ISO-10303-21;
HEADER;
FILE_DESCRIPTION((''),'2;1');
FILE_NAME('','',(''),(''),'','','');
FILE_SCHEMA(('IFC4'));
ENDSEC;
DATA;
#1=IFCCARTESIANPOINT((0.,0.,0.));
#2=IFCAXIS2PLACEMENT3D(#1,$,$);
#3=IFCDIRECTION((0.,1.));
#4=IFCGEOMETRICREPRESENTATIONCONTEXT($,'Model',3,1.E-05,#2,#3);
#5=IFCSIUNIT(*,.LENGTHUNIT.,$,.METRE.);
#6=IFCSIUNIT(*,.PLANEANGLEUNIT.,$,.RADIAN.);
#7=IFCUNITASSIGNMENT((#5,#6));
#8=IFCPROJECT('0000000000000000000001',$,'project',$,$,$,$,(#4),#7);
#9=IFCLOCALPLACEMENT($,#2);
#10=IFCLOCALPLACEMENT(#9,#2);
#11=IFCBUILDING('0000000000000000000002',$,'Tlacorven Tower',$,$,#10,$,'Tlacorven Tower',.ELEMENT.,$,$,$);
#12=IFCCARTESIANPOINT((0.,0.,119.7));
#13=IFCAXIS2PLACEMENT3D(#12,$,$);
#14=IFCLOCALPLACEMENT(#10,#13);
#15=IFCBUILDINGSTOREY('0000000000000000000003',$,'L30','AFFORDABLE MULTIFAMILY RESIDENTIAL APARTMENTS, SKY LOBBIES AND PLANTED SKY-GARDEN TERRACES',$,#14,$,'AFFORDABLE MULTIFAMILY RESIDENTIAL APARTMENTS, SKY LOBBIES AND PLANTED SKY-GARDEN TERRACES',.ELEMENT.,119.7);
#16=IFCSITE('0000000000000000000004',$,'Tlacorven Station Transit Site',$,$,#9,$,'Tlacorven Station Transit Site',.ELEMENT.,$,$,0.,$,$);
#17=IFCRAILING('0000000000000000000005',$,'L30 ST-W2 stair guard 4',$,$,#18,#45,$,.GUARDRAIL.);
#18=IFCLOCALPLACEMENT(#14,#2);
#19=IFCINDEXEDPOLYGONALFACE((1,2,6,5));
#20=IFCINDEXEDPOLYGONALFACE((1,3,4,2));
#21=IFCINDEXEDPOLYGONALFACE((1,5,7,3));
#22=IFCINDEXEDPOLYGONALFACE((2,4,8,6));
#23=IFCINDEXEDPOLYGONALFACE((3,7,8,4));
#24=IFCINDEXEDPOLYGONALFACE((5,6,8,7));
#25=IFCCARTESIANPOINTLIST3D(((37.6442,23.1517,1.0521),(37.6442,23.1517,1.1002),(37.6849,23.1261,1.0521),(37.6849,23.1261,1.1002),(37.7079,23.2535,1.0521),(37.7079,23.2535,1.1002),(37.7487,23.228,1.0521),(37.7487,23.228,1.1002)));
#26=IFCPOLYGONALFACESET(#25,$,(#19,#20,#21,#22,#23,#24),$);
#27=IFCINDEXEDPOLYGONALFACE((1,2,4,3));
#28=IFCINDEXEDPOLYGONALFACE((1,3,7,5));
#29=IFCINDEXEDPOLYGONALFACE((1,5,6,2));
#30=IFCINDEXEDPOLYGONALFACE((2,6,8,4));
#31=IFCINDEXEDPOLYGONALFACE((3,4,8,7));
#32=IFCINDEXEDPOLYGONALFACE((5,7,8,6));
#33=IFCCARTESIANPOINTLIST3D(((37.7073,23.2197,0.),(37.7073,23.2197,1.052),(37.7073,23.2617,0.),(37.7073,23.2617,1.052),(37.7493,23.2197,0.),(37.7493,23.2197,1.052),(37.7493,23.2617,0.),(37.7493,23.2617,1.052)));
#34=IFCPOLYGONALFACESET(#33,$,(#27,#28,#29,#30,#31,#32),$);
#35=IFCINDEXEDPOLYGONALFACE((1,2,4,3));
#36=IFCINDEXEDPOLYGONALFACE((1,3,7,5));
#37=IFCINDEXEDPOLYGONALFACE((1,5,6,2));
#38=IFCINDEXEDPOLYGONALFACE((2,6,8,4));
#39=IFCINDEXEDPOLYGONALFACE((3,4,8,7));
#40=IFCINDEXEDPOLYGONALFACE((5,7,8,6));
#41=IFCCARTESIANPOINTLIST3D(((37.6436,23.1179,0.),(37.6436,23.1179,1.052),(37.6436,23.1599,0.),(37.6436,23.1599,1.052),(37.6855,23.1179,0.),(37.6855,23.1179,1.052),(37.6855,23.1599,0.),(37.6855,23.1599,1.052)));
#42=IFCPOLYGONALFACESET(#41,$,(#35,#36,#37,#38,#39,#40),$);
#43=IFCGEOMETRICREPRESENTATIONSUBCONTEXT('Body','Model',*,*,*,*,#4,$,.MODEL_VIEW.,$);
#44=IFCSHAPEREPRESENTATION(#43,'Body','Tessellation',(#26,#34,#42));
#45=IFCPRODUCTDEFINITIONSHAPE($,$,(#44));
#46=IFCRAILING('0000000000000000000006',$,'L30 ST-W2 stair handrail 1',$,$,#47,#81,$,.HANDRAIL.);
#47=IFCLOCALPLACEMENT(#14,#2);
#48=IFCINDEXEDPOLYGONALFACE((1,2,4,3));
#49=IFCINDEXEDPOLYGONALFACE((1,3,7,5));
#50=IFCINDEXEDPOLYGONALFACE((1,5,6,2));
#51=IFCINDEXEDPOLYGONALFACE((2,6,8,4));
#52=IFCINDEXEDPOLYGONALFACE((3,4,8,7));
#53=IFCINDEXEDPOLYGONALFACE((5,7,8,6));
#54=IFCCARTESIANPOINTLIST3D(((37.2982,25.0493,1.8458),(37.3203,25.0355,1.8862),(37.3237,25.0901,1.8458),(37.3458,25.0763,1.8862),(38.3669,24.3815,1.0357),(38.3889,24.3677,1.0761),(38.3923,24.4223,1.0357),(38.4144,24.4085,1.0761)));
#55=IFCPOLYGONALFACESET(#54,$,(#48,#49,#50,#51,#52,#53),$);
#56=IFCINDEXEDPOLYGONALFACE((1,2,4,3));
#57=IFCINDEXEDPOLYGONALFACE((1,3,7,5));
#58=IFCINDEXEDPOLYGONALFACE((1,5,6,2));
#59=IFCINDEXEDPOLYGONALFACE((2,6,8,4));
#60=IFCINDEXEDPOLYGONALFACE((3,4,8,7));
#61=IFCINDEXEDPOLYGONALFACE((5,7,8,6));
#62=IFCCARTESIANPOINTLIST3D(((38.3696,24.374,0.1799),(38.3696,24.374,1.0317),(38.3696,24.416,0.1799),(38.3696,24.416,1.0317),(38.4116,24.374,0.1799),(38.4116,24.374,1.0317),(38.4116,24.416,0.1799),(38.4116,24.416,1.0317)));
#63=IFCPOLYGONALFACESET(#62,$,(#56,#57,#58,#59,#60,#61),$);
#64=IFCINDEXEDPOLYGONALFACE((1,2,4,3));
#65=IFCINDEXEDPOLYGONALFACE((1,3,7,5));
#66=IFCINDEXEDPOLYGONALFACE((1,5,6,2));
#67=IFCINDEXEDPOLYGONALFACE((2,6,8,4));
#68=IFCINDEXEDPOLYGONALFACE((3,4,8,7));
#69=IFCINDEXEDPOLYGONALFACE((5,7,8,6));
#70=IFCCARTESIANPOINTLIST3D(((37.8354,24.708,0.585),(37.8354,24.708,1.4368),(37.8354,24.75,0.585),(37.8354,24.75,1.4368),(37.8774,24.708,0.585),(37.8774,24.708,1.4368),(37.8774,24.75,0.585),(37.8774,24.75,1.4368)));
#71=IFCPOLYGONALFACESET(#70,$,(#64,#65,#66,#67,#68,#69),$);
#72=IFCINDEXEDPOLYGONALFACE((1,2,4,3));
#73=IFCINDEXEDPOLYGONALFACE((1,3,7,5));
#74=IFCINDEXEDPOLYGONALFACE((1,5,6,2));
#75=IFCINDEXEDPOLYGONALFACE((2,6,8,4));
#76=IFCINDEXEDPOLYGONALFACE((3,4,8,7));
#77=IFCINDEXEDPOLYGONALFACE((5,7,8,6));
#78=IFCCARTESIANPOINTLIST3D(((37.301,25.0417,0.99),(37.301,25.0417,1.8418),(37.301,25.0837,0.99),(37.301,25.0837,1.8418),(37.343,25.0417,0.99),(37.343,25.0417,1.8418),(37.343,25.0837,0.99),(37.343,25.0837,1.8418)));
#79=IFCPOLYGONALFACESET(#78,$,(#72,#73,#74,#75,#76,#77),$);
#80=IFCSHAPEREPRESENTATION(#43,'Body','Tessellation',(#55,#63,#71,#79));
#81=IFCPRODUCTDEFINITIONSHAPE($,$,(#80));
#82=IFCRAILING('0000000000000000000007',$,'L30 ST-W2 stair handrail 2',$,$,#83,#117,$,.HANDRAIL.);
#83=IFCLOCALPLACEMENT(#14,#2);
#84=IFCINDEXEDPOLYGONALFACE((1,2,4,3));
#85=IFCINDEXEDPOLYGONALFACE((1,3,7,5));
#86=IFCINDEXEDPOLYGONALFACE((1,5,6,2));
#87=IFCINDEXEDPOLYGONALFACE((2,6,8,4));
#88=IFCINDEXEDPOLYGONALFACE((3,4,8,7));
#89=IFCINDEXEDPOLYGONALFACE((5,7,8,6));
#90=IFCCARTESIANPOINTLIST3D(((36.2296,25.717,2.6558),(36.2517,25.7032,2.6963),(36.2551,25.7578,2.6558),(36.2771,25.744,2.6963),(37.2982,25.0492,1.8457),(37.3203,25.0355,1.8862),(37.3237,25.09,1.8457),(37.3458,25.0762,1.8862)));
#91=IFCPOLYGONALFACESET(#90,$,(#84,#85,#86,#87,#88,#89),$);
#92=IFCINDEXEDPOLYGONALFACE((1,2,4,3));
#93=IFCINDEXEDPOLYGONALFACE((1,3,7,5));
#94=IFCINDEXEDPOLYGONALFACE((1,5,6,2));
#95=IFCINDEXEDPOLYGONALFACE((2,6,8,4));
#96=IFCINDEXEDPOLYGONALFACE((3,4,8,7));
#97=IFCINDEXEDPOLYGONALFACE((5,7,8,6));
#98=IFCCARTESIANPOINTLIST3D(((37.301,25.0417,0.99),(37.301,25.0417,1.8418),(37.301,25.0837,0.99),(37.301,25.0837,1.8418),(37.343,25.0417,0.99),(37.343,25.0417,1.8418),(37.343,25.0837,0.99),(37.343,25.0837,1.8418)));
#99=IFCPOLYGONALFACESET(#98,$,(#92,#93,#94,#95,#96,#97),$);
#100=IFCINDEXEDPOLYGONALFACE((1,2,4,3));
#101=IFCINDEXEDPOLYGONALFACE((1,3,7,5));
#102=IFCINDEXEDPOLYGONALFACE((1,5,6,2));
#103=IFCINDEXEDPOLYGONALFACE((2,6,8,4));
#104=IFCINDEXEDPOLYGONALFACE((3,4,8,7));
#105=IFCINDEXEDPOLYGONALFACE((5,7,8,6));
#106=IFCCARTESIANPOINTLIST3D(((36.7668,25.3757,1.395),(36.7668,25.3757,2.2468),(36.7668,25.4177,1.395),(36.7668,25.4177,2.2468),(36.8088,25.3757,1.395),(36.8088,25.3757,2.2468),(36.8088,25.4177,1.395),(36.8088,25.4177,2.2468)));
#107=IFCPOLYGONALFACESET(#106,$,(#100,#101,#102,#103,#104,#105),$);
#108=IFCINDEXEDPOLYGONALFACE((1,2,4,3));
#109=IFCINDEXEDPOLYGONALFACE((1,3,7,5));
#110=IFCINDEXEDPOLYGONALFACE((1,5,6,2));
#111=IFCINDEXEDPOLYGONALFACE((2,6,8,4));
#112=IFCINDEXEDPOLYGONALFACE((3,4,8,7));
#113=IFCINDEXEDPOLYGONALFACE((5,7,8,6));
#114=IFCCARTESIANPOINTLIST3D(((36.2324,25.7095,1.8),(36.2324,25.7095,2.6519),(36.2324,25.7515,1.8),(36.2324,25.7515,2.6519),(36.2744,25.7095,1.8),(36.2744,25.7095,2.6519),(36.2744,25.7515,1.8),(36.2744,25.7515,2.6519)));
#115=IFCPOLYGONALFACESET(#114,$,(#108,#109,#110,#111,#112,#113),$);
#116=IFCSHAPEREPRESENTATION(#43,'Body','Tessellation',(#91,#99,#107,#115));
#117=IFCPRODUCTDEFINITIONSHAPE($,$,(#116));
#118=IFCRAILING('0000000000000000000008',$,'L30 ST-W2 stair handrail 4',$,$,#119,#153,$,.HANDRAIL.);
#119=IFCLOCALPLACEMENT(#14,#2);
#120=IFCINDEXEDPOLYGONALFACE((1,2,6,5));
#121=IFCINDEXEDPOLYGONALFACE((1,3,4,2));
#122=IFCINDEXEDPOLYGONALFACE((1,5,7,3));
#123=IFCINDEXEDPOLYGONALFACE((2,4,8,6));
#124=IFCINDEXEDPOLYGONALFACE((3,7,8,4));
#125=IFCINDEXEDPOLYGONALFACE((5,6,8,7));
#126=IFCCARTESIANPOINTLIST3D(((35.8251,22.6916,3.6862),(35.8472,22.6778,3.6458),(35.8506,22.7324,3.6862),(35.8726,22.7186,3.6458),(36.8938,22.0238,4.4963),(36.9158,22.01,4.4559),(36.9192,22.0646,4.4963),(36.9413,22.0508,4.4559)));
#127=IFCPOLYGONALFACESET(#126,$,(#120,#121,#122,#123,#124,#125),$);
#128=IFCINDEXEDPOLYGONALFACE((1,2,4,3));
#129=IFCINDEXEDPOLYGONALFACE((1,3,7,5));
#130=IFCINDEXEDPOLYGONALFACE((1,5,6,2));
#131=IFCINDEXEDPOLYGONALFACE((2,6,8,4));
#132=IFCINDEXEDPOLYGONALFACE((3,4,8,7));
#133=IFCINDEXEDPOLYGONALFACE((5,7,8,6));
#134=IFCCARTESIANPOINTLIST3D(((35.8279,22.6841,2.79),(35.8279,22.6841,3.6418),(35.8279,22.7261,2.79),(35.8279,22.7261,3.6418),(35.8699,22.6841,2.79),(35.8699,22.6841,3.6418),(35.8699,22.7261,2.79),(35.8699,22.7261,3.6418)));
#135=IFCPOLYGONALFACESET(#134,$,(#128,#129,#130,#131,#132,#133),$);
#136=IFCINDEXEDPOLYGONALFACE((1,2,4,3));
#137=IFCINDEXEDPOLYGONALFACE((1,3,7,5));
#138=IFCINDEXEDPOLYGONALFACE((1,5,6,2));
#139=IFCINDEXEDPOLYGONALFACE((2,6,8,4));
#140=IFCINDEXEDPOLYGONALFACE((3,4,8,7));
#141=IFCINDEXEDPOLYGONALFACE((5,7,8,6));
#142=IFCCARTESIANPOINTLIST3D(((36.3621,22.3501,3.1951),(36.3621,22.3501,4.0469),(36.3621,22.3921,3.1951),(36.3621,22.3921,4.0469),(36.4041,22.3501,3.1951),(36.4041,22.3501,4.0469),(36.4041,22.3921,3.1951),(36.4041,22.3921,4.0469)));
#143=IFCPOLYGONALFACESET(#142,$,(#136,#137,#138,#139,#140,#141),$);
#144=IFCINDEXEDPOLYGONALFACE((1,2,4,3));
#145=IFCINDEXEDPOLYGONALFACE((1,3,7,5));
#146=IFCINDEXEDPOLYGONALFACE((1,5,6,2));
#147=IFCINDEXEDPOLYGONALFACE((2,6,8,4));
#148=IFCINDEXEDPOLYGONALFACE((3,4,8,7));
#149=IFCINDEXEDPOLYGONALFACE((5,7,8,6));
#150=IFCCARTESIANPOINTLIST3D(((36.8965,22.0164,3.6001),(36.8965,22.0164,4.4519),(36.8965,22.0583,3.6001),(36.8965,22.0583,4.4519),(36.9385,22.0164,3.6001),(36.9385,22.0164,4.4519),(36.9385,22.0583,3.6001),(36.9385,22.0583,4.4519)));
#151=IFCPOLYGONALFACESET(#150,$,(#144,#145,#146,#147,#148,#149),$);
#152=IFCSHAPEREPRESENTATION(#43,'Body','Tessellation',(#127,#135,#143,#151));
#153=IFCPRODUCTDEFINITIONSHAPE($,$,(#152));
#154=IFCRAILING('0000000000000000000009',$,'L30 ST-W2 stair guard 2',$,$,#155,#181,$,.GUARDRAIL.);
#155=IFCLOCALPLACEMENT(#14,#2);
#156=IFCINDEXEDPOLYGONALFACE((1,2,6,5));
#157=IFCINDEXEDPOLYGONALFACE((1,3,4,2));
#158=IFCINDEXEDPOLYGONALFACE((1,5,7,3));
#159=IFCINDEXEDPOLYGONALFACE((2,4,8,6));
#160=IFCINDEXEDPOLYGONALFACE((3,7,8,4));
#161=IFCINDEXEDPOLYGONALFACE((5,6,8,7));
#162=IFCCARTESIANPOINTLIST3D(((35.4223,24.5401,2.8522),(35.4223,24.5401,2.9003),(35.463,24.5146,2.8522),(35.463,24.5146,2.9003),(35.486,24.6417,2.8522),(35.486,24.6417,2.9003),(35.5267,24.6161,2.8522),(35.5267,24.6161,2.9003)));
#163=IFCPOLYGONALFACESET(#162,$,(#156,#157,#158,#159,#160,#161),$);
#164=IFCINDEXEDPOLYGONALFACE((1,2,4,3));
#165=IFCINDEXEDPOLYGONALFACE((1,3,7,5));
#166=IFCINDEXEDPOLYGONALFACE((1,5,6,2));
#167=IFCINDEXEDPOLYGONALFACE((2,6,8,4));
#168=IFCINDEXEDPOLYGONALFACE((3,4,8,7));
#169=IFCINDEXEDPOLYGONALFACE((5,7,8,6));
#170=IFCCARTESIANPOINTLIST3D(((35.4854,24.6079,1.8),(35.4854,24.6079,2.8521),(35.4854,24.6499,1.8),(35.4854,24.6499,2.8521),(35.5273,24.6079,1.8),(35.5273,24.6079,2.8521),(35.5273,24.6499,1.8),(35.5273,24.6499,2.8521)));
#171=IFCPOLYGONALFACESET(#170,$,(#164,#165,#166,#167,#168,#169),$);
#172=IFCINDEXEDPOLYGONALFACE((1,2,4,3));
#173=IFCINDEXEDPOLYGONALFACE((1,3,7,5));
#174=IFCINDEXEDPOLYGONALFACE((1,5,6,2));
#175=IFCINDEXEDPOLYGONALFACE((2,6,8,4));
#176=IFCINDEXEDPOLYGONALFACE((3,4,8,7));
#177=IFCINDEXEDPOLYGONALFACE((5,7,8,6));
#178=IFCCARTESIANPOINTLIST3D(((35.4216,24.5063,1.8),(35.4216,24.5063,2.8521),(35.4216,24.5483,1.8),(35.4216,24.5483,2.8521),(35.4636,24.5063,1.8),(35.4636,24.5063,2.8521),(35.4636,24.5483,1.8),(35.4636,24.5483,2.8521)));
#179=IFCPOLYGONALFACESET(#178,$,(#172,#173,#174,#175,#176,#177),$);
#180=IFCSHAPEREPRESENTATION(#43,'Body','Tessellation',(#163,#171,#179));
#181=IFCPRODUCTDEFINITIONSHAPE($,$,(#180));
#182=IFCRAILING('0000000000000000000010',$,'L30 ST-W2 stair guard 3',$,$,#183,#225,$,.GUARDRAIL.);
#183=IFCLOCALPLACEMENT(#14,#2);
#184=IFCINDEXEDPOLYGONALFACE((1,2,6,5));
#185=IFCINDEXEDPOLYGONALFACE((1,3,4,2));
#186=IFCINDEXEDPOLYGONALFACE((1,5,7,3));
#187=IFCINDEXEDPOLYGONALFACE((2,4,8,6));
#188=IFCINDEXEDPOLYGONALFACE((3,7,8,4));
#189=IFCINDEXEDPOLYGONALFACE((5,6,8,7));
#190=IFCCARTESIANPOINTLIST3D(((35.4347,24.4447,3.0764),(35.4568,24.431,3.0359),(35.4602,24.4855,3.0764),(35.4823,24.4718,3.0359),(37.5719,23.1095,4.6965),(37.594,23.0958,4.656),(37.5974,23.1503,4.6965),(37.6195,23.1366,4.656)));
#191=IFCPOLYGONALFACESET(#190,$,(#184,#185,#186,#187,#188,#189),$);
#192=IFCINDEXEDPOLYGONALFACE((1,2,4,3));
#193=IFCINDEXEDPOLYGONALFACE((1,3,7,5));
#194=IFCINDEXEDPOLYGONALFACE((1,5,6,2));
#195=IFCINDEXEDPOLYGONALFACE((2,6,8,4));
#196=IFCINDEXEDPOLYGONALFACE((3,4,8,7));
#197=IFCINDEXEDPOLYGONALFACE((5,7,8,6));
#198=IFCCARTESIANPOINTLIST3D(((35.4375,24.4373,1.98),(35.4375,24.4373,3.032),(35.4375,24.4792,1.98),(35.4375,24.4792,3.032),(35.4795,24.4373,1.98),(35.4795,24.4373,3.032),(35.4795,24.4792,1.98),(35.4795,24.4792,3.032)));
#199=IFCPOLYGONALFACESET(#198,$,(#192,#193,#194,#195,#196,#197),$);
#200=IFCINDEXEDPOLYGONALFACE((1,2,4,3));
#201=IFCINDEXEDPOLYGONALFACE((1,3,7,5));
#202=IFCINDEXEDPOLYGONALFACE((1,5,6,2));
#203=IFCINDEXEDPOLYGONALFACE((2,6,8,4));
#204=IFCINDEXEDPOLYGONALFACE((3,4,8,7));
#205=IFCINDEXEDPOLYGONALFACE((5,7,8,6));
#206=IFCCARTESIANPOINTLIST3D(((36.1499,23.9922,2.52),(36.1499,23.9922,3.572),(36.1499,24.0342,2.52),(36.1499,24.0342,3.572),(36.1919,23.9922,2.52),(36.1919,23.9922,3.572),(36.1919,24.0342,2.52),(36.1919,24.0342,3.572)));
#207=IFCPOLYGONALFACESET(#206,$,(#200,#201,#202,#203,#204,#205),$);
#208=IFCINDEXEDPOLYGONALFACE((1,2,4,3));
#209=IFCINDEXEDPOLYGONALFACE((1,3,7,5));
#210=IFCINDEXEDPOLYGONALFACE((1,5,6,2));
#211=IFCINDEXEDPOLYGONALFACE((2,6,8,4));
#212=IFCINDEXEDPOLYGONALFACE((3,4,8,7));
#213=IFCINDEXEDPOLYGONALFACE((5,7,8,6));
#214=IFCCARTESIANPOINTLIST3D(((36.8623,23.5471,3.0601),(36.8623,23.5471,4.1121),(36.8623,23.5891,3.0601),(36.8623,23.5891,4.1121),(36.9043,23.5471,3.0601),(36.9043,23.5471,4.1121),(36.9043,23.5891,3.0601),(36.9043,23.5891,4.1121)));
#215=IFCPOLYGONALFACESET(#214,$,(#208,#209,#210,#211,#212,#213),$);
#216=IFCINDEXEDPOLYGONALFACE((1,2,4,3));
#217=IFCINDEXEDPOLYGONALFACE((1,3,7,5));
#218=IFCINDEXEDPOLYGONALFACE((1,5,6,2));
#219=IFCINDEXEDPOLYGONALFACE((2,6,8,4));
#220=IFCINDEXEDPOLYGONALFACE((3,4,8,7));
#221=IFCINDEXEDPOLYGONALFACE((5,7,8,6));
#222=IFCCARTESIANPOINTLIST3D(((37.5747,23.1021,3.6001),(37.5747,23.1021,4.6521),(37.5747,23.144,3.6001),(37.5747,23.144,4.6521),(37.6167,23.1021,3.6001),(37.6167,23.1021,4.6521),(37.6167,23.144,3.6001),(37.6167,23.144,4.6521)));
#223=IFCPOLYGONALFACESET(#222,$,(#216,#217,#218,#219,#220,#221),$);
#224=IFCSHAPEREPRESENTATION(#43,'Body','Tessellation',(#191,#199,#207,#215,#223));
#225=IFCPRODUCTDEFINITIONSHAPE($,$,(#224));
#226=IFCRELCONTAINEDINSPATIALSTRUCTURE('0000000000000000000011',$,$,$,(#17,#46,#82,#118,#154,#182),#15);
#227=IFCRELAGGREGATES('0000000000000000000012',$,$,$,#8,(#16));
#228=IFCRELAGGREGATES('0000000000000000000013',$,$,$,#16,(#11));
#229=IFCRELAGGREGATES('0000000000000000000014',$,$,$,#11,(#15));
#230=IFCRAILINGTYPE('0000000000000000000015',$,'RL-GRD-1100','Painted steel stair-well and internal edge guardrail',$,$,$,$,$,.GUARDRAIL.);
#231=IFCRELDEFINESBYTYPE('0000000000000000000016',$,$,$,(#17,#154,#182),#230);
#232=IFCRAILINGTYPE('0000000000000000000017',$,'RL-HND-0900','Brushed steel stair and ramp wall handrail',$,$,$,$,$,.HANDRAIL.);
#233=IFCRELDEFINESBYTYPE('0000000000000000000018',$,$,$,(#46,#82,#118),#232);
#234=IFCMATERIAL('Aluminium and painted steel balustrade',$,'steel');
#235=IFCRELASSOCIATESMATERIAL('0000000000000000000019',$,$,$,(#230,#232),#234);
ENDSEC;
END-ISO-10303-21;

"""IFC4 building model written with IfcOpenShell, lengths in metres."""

from ifc_helpers import new_model, si_unit, direction, frame, origin, origin_2d, place, context, subcontext, project, spatial, rectangle, extrude, source, transform, mapped, material, type_object, element, save


model = new_model("IFC4")

# Units and contexts
model_context = context("Model", 3, precision=1e-05, world=origin(), true_north=direction((0.0, 1.0)))
body_context = subcontext(model_context, "Body", "Model", "MODEL_VIEW")
ifc_project = project(units=[si_unit("LENGTHUNIT", "METRE"), si_unit("PLANEANGLEUNIT", "RADIAN")], contexts=[model_context])

# Site, building, storey
site_placement = place(None, origin())
site = spatial("IfcSite", under=ifc_project, at=site_placement, Name="Tlacorven Station Transit Site", LongName="Tlacorven Station Transit Site", CompositionType="ELEMENT", RefElevation=0.0)
building_placement = place(site_placement, origin())
building = spatial("IfcBuilding", under=site, at=building_placement, Name="Tlacorven Tower", LongName="Tlacorven Tower", CompositionType="ELEMENT")
storey_placement = place(building_placement, frame((0.0, 0.0, 119.7)))
storey = spatial("IfcBuildingStorey", under=building, at=storey_placement, Name="L30", Description="AFFORDABLE MULTIFAMILY RESIDENTIAL APARTMENTS, SKY LOBBIES AND PLANTED SKY-GARDEN TERRACES", LongName="AFFORDABLE MULTIFAMILY RESIDENTIAL APARTMENTS, SKY LOBBIES AND PLANTED SKY-GARDEN TERRACES", CompositionType="ELEMENT", Elevation=119.7)

# Railings
ifc_material_1 = material(Name="Aluminium and painted steel balustrade", Category="steel")
railing_type_1 = type_object("IfcRailingType", Name="RL-GRD-1100", Description="Painted steel stair-well and internal edge guardrail", PredefinedType="GUARDRAIL", material=ifc_material_1)
shared_shape_1 = source(origin(), body_context, "Body", "SweptSolid", [
    extrude(rectangle(XDim=0.0481, YDim=0.0481, at=origin_2d()), frame((0.0, 0.0, 1.0762), z_axis=(-0.530547, -0.847656, 0.0), x_axis=(0.847656, -0.530547, 0.0)), (0.0, 0.0, 1.0), 0.1201),
    extrude(rectangle(XDim=0.042, YDim=0.042, at=origin_2d()), origin(), (0.0, 0.0, 1.0), 1.052),
    extrude(rectangle(XDim=0.042, YDim=0.042, at=origin_2d()), frame((-0.0637, -0.1018, 0.0)), (0.0, 0.0, 1.0), 1.052),
])
railing_1_placement = place(storey_placement, frame((37.7283, 23.2407, 0.0)))
element("IfcRailing", 1, at=railing_1_placement, inside=storey, type_object=railing_type_1, Name="L30 ST-W2 stair guard 4", PredefinedType="GUARDRAIL", context=body_context, shape_type="MappedRepresentation", body=[
    mapped(shared_shape_1, transform((0.0, 0.0, 0.0), scale=1.0)),
])
railing_type_2 = type_object("IfcRailingType", Name="RL-HND-0900", Description="Brushed steel stair and ramp wall handrail", PredefinedType="HANDRAIL", material=ifc_material_1)
shared_shape_2 = source(origin(), body_context, "Body", "SweptSolid", [
    extrude(rectangle(XDim=0.0481, YDim=0.0481, at=origin_2d()), frame((0.0, 0.0, 0.876), z_axis=(-0.71336, 0.445748, 0.540765), x_axis=(-0.529912, -0.848053, 0.0)), (0.0, 0.0, 1.0), 1.498),
    extrude(rectangle(XDim=0.042, YDim=0.042, at=origin_2d()), origin(), (0.0, 0.0, 1.0), 0.8518),
    extrude(rectangle(XDim=0.042, YDim=0.042, at=origin_2d()), frame((-0.5342, 0.334, 0.405)), (0.0, 0.0, 1.0), 0.8518),
    extrude(rectangle(XDim=0.042, YDim=0.042, at=origin_2d()), frame((-1.0686, 0.6677, 0.8101)), (0.0, 0.0, 1.0), 0.8518),
])
for number, where, name in (
    (2, (38.3906, 24.395, 0.1799), "L30 ST-W2 stair handrail 1"),
    (3, (37.322, 25.0627, 0.99), "L30 ST-W2 stair handrail 2"),
):
    element("IfcRailing", number, at=place(storey_placement, frame(where)), inside=storey, type_object=railing_type_2, Name=name, PredefinedType="HANDRAIL", context=body_context, shape_type="MappedRepresentation", body=[
        mapped(shared_shape_2, transform((0.0, 0.0, 0.0), scale=1.0)),
    ])
shared_shape_3 = source(origin(), body_context, "Body", "SweptSolid", [
    extrude(rectangle(XDim=0.0481, YDim=0.0481, at=origin_2d()), frame((0.0, 0.0, 0.876), z_axis=(0.71336, -0.445748, 0.540765), x_axis=(0.529912, 0.848053, 0.0)), (0.0, 0.0, 1.0), 1.498),
    extrude(rectangle(XDim=0.042, YDim=0.042, at=origin_2d()), origin(), (0.0, 0.0, 1.0), 0.8518),
    extrude(rectangle(XDim=0.042, YDim=0.042, at=origin_2d()), frame((0.5342, -0.334, 0.405)), (0.0, 0.0, 1.0), 0.8518),
    extrude(rectangle(XDim=0.042, YDim=0.042, at=origin_2d()), frame((1.0686, -0.6677, 0.8101)), (0.0, 0.0, 1.0), 0.8518),
])
railing_2_placement = place(storey_placement, frame((35.8489, 22.7051, 2.79)))
element("IfcRailing", 4, at=railing_2_placement, inside=storey, type_object=railing_type_2, Name="L30 ST-W2 stair handrail 4", PredefinedType="HANDRAIL", context=body_context, shape_type="MappedRepresentation", body=[
    mapped(shared_shape_3, transform((0.0, 0.0, 0.0), scale=1.0)),
])
shared_shape_4 = source(origin(), body_context, "Body", "SweptSolid", [
    extrude(rectangle(XDim=0.0481, YDim=0.0481, at=origin_2d()), frame((0.0, 0.0, 1.0762), z_axis=(-0.531462, -0.847082, 0.0), x_axis=(0.847082, -0.531462, 0.0)), (0.0, 0.0, 1.0), 0.1199),
    extrude(rectangle(XDim=0.042, YDim=0.042, at=origin_2d()), origin(), (0.0, 0.0, 1.0), 1.052),
    extrude(rectangle(XDim=0.042, YDim=0.042, at=origin_2d()), frame((-0.0637, -0.1016, 0.0)), (0.0, 0.0, 1.0), 1.052),
])
railing_3_placement = place(storey_placement, frame((35.5063, 24.6289, 1.8)))
element("IfcRailing", 5, at=railing_3_placement, inside=storey, type_object=railing_type_1, Name="L30 ST-W2 stair guard 2", PredefinedType="GUARDRAIL", context=body_context, shape_type="MappedRepresentation", body=[
    mapped(shared_shape_4, transform((0.0, 0.0, 0.0), scale=1.0)),
])
shared_shape_5 = source(origin(), body_context, "Body", "SweptSolid", [
    extrude(rectangle(XDim=0.0481, YDim=0.0481, at=origin_2d()), frame((0.0, 0.0, 1.0762), z_axis=(0.713386, -0.445683, 0.540784), x_axis=(0.529842, 0.848096, 0.0)), (0.0, 0.0, 1.0), 2.9958),
    extrude(rectangle(XDim=0.042, YDim=0.042, at=origin_2d()), origin(), (0.0, 0.0, 1.0), 1.052),
    extrude(rectangle(XDim=0.042, YDim=0.042, at=origin_2d()), frame((0.7124, -0.4451, 0.54)), (0.0, 0.0, 1.0), 1.052),
    extrude(rectangle(XDim=0.042, YDim=0.042, at=origin_2d()), frame((1.4248, -0.8901, 1.0801)), (0.0, 0.0, 1.0), 1.052),
    extrude(rectangle(XDim=0.042, YDim=0.042, at=origin_2d()), frame((2.1372, -1.3352, 1.6201)), (0.0, 0.0, 1.0), 1.052),
])
railing_4_placement = place(storey_placement, frame((35.4585, 24.4583, 1.98)))
element("IfcRailing", 6, at=railing_4_placement, inside=storey, type_object=railing_type_1, Name="L30 ST-W2 stair guard 3", PredefinedType="GUARDRAIL", context=body_context, shape_type="MappedRepresentation", body=[
    mapped(shared_shape_5, transform((0.0, 0.0, 0.0), scale=1.0)),
])

save(model, "model.ifc")
